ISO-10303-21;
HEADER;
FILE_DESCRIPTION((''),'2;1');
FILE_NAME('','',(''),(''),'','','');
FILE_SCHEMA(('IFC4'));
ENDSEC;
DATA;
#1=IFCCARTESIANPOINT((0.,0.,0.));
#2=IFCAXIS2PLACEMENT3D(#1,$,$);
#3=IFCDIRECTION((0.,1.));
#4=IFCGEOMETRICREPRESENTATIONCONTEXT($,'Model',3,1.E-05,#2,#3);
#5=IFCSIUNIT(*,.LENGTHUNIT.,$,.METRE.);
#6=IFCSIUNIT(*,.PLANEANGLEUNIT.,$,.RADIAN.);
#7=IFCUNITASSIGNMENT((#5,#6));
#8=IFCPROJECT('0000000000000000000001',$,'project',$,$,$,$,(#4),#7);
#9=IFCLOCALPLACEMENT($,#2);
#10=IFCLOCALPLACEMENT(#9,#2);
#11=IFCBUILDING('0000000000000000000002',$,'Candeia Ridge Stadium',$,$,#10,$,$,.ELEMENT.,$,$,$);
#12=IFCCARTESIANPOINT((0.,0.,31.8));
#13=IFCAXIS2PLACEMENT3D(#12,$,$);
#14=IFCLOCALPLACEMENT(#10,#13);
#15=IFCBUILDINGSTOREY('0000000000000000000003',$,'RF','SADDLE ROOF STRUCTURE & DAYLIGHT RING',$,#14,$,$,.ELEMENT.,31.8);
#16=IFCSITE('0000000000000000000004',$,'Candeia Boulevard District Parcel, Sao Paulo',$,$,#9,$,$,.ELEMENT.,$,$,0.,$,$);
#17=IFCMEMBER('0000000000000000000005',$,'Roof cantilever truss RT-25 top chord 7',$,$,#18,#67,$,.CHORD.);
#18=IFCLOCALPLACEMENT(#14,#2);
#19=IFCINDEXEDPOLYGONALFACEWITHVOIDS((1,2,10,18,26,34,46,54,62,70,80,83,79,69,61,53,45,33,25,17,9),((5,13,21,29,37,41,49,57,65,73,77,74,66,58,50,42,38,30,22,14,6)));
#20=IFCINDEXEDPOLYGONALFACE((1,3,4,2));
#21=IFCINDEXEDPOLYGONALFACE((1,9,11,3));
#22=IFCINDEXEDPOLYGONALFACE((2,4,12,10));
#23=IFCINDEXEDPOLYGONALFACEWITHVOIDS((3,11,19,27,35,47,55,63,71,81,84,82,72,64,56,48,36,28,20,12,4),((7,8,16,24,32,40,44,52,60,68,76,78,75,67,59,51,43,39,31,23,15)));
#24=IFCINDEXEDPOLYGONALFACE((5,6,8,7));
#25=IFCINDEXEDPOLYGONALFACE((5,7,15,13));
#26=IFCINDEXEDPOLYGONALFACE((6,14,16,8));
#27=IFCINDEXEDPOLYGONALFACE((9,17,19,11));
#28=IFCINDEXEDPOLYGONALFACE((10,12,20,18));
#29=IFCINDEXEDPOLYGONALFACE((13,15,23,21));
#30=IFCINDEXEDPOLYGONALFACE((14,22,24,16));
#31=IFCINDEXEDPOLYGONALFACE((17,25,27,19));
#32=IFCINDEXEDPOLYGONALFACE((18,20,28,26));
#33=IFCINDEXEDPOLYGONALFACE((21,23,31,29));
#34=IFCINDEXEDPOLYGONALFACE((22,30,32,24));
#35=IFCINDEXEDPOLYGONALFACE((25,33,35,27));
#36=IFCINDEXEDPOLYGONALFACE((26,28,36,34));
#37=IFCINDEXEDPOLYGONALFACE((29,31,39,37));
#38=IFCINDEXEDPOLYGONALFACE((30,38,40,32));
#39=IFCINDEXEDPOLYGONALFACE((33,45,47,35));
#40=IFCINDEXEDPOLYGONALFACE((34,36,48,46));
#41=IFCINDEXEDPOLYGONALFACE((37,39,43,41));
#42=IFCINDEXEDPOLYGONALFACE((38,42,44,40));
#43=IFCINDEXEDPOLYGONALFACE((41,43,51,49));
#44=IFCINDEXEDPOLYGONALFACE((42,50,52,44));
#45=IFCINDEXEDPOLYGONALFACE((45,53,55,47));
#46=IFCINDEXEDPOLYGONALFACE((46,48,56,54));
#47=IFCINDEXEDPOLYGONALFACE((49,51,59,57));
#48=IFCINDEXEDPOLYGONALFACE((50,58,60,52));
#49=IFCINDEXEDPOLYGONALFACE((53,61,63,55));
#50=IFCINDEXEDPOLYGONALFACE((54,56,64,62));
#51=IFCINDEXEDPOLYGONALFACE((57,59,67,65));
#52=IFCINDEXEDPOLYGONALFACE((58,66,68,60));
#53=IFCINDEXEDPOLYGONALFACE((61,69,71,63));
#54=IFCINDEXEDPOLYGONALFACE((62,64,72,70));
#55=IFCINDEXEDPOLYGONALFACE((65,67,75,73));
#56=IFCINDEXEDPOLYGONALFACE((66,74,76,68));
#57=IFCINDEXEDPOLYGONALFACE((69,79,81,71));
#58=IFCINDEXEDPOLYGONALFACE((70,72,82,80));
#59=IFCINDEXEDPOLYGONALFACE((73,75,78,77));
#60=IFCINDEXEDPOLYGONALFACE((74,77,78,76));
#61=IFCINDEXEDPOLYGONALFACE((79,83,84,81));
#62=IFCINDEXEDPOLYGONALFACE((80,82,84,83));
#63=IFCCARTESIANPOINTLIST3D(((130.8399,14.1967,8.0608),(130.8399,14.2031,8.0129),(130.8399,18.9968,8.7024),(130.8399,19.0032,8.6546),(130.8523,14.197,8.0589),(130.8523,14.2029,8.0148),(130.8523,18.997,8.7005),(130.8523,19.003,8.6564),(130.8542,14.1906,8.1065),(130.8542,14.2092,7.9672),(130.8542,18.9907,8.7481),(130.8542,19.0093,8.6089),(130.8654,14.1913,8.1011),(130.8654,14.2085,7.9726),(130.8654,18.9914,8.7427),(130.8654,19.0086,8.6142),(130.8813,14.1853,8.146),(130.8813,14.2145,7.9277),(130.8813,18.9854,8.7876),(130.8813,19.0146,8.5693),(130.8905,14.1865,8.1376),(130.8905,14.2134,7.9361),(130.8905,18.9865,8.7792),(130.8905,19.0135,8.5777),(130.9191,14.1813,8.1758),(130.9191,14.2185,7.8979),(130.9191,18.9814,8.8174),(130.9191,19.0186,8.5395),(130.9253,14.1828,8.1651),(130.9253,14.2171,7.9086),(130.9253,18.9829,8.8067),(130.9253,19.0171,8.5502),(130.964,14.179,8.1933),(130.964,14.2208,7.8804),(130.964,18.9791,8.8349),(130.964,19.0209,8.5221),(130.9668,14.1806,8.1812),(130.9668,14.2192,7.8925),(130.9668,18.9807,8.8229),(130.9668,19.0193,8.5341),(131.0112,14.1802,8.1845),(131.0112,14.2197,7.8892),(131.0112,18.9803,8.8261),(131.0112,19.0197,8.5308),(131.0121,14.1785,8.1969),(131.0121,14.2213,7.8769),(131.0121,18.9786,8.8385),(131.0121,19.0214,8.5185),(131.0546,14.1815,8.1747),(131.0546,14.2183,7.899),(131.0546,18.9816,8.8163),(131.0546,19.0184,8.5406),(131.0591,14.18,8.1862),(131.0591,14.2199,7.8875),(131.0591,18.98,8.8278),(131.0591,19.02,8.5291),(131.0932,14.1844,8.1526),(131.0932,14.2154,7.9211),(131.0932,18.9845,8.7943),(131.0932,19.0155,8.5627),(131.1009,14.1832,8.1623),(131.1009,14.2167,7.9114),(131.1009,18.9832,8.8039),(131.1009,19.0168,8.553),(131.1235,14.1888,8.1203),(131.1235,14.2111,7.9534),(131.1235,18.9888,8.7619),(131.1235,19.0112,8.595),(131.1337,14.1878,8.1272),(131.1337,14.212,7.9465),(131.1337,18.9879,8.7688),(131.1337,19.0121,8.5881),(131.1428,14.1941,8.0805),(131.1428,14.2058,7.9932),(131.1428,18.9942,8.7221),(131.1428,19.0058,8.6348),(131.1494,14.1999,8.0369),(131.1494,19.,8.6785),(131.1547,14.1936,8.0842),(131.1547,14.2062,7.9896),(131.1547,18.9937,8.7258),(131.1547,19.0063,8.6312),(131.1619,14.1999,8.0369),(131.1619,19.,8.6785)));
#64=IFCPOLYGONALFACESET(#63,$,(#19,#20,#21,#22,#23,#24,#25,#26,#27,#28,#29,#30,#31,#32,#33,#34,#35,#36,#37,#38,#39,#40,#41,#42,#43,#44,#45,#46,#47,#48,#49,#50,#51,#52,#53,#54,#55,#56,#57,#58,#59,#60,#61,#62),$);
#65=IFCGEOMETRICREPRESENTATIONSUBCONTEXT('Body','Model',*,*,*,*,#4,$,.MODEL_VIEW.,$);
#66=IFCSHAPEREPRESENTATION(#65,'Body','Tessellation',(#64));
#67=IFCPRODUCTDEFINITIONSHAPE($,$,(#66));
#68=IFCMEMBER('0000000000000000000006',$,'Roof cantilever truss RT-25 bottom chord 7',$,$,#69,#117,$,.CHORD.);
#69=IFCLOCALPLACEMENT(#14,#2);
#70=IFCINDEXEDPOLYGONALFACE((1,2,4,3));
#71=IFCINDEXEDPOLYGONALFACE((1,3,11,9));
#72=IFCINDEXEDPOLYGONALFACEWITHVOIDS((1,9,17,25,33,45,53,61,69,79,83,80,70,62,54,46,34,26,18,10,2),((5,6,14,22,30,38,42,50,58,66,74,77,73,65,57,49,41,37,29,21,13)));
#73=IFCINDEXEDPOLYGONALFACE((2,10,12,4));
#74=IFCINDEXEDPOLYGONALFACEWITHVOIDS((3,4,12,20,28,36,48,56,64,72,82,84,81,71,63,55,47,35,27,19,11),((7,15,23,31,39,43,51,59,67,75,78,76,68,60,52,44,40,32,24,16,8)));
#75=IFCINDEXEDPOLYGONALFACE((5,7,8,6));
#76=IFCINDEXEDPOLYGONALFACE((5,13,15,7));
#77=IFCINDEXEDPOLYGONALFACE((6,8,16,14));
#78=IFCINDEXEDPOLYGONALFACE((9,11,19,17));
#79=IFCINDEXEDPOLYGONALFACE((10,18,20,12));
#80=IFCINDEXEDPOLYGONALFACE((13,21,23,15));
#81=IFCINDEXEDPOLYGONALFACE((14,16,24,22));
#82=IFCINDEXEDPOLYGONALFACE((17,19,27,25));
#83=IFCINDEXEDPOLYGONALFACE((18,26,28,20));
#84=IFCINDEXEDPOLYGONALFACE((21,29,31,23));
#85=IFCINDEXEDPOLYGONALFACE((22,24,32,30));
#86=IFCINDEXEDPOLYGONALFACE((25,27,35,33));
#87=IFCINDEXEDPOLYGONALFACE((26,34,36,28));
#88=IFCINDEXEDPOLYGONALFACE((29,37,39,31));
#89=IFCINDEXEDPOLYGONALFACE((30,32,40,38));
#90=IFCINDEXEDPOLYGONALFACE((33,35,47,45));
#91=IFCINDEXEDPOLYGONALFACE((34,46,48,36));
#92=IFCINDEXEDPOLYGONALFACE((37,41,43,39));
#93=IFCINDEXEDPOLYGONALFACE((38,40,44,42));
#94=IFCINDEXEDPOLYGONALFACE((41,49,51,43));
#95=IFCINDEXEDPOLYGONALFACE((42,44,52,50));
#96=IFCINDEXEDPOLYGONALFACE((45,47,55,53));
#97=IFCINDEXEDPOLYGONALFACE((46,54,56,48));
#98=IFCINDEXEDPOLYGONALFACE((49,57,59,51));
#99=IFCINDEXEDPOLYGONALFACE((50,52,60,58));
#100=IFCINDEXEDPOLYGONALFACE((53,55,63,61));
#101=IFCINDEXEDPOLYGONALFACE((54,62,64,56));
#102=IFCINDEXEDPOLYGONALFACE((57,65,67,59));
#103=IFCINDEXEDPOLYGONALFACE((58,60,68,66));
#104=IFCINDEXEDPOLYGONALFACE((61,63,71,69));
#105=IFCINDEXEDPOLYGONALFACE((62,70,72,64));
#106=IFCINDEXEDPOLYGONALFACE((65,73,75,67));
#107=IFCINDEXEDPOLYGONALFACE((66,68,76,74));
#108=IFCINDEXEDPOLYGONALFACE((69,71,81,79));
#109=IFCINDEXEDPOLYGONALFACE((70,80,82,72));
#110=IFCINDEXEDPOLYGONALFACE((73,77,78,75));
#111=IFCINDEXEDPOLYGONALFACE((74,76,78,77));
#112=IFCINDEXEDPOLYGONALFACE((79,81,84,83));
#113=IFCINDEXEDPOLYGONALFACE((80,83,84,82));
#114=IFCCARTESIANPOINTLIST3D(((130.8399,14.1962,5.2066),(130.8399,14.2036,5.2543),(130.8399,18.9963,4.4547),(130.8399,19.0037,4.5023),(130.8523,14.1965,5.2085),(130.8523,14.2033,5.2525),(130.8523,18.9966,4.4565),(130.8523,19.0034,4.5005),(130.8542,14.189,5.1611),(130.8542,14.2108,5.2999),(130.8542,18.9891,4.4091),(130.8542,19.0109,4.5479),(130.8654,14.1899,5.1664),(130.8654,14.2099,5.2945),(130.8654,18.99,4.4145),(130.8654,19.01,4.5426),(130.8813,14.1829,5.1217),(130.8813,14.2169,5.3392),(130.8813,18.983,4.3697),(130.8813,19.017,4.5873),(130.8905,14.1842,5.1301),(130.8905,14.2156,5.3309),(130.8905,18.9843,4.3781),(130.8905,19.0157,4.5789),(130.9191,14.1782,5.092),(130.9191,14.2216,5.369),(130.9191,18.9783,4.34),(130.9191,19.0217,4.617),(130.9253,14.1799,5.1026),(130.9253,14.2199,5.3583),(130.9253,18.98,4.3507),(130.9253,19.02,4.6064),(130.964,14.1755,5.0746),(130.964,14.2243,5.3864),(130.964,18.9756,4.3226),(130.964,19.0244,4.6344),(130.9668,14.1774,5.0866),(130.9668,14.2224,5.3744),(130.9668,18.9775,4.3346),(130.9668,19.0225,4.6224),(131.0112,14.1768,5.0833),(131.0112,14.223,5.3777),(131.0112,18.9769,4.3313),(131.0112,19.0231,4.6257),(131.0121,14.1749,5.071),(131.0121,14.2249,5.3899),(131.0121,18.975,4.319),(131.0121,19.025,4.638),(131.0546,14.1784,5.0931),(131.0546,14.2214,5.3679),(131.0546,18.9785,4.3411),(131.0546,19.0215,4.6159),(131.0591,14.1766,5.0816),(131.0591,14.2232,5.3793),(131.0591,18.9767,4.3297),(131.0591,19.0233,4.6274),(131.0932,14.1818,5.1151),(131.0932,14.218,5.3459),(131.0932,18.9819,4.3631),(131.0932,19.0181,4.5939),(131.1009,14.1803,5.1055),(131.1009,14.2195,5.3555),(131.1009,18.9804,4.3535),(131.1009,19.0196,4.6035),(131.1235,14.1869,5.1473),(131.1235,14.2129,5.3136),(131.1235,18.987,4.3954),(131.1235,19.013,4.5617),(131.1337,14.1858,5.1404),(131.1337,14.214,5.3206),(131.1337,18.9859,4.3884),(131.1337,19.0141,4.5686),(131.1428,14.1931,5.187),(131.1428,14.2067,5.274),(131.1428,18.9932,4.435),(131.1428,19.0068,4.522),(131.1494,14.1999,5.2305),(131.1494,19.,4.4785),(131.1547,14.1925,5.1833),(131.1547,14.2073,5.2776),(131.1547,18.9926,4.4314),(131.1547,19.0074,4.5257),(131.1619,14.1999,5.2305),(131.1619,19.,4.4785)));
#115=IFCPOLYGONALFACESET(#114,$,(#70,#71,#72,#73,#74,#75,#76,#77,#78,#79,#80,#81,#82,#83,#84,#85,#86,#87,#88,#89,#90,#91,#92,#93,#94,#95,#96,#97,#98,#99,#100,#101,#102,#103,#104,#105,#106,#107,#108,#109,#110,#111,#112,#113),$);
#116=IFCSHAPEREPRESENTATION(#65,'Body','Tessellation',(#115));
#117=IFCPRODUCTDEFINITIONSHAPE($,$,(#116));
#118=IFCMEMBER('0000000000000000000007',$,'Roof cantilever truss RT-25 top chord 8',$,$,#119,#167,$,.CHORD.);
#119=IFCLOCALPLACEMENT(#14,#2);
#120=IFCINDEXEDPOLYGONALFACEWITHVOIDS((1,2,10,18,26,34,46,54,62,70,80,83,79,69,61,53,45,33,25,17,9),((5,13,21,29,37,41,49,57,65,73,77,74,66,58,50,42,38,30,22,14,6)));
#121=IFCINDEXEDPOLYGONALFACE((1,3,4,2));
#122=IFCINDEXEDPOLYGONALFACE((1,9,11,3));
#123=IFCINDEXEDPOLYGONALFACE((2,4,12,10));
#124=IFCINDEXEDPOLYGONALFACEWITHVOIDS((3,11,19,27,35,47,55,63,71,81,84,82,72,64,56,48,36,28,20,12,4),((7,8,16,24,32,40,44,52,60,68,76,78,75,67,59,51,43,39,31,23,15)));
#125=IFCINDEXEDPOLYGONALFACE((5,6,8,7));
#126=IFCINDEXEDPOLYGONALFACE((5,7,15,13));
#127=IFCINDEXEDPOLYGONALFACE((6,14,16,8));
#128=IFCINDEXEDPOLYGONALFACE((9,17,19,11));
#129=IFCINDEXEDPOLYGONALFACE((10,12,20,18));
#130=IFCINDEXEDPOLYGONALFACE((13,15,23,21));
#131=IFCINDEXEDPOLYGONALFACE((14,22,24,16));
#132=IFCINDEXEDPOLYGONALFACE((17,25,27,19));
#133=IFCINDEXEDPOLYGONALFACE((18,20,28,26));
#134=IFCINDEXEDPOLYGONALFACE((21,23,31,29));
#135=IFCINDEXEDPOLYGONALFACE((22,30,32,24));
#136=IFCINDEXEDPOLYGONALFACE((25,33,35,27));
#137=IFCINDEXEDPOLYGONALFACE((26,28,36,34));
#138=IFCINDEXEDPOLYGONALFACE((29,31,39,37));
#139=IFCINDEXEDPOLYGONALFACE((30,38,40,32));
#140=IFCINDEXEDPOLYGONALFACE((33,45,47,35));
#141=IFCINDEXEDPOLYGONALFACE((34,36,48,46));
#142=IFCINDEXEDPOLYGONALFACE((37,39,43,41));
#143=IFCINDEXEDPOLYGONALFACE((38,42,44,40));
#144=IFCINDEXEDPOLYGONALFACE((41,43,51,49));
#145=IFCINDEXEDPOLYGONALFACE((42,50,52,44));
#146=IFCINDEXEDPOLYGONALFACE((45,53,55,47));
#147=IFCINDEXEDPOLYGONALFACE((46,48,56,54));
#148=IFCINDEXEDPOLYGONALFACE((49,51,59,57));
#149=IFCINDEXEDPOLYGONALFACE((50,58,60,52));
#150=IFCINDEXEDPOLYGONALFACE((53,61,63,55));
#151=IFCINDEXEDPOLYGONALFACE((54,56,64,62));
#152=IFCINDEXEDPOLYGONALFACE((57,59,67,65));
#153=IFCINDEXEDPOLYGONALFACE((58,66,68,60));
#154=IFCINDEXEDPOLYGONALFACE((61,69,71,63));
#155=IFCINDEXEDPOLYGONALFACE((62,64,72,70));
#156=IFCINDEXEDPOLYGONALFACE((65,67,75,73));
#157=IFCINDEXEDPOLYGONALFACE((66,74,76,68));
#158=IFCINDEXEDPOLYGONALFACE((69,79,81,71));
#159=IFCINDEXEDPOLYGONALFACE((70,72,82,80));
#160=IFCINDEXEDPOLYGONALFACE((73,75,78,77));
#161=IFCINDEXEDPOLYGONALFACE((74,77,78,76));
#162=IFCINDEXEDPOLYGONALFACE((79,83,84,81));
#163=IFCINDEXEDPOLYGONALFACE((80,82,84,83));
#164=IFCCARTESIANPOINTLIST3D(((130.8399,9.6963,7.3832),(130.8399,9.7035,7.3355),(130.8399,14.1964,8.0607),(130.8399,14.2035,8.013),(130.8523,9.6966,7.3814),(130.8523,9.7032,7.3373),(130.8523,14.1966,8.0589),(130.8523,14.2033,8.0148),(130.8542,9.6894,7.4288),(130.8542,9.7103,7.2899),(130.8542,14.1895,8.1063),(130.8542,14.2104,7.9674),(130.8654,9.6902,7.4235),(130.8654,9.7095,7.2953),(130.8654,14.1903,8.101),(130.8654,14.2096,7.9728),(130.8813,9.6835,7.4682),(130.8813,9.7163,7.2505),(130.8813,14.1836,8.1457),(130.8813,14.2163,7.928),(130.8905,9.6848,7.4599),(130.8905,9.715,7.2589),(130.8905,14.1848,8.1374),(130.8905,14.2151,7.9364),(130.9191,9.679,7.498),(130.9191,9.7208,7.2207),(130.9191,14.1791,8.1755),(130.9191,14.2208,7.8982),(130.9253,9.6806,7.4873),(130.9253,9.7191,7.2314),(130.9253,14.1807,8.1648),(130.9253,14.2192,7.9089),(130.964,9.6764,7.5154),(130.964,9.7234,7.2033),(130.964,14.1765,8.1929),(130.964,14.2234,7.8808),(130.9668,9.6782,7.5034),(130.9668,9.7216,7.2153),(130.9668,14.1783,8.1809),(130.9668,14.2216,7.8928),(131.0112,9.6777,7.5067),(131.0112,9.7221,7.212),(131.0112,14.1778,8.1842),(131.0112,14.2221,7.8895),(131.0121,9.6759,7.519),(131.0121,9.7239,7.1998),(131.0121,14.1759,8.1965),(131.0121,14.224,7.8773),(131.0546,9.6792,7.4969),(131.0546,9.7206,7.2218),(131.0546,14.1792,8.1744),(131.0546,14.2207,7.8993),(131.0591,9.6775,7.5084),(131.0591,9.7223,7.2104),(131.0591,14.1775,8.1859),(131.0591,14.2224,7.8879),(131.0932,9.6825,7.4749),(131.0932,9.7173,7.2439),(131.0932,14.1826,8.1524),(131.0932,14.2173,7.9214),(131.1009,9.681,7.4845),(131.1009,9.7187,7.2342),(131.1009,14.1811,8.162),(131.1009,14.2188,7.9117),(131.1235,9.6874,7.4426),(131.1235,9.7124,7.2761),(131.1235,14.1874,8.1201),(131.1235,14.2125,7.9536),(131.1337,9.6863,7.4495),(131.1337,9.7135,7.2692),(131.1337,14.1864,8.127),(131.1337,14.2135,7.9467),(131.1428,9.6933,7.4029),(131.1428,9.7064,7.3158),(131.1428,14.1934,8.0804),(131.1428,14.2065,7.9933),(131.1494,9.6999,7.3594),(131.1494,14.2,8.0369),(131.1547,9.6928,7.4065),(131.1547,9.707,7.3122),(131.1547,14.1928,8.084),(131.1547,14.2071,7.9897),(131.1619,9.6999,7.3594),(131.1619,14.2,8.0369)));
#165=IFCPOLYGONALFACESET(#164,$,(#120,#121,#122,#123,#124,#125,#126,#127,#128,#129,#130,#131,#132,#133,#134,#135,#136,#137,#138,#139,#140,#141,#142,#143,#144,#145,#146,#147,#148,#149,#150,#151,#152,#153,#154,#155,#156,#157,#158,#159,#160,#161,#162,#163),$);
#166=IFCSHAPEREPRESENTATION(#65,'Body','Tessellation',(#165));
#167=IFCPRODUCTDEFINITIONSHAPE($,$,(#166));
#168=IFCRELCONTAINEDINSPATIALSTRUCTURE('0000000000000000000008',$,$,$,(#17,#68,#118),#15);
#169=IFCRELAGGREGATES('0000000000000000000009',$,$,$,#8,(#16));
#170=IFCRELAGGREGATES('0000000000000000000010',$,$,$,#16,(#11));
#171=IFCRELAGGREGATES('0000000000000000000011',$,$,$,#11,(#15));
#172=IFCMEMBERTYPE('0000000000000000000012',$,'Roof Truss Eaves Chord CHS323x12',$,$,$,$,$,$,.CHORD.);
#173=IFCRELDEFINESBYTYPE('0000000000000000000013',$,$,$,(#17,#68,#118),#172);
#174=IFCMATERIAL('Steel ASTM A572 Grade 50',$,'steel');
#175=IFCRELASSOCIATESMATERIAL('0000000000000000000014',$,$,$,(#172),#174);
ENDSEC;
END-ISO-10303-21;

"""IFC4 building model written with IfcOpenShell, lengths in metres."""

from ifc_helpers import new_model, si_unit, direction, frame, origin, origin_2d, place, context, subcontext, project, spatial, hollow_circle, extrude, material, material_profile, profile_set, type_object, element, save


model = new_model("IFC4")

# Units and contexts
model_context = context("Model", 3, precision=1e-05, world=origin(), true_north=direction((0.0, 1.0)))
body_context = subcontext(model_context, "Body", "Model", "MODEL_VIEW")
ifc_project = project(units=[si_unit("LENGTHUNIT", "METRE"), si_unit("PLANEANGLEUNIT", "RADIAN")], contexts=[model_context])

# Site, building, storey
site_placement = place(None, origin())
site = spatial("IfcSite", under=ifc_project, at=site_placement, Name="Candeia Boulevard District Parcel, Sao Paulo", CompositionType="ELEMENT", RefElevation=0.0)
building_placement = place(site_placement, origin())
building = spatial("IfcBuilding", under=site, at=building_placement, Name="Candeia Ridge Stadium", CompositionType="ELEMENT")
storey_placement = place(building_placement, frame((0.0, 0.0, 31.8)))
storey = spatial("IfcBuildingStorey", under=building, at=storey_placement, Name="RF", Description="SADDLE ROOF STRUCTURE & DAYLIGHT RING", CompositionType="ELEMENT", Elevation=31.8)

# Shared definitions
ifc_material_1 = material(Name="Steel ASTM A572 Grade 50", Category="steel")

# Members
ifc_material_profile_1 = material_profile(ifc_material_1, hollow_circle(Radius=0.1619, WallThickness=0.0125, at=origin_2d()), Name="CHS323x12", Category="steel")
ifc_profile_set_1 = profile_set([ifc_material_profile_1], Name="Steel ASTM A572 Grade 50")
member_type_1 = type_object("IfcMemberType", Name="Roof Truss Eaves Chord CHS323x12", PredefinedType="CHORD", material=ifc_profile_set_1)
member_1_placement = place(storey_placement, frame((131.0, 19.0, 8.6785), z_axis=(0.0, -0.991185, -0.132487), x_axis=(1.0, 0.0, 0.0)))
element("IfcMember", 1, at=member_1_placement, inside=storey, type_object=member_type_1, Name="Roof cantilever truss RT-25 top chord 7", PredefinedType="CHORD", context=body_context, shape_type="SweptSolid", body=[
    extrude(hollow_circle(Radius=0.1619, WallThickness=0.0125, at=origin_2d()), origin(), (0.0, 0.0, 1.0), 4.8428),
])
member_2_placement = place(storey_placement, frame((131.0, 19.0, 4.4785), z_axis=(0.0, -0.987951, 0.154768), x_axis=(1.0, 0.0, 0.0)))
element("IfcMember", 2, at=member_2_placement, inside=storey, type_object=member_type_1, Name="Roof cantilever truss RT-25 bottom chord 7", PredefinedType="CHORD", context=body_context, shape_type="SweptSolid", body=[
    extrude(hollow_circle(Radius=0.1619, WallThickness=0.0125, at=origin_2d()), origin(), (0.0, 0.0, 1.0), 4.8586),
])
member_3_placement = place(storey_placement, frame((131.0, 14.2, 8.0369), z_axis=(0.0, -0.988856, -0.148876), x_axis=(1.0, 0.0, 0.0)))
element("IfcMember", 3, at=member_3_placement, inside=storey, type_object=member_type_1, Name="Roof cantilever truss RT-25 top chord 8", PredefinedType="CHORD", context=body_context, shape_type="SweptSolid", body=[
    extrude(hollow_circle(Radius=0.1619, WallThickness=0.0125, at=origin_2d()), origin(), (0.0, 0.0, 1.0), 4.5508),
])

save(model, "model.ifc")
